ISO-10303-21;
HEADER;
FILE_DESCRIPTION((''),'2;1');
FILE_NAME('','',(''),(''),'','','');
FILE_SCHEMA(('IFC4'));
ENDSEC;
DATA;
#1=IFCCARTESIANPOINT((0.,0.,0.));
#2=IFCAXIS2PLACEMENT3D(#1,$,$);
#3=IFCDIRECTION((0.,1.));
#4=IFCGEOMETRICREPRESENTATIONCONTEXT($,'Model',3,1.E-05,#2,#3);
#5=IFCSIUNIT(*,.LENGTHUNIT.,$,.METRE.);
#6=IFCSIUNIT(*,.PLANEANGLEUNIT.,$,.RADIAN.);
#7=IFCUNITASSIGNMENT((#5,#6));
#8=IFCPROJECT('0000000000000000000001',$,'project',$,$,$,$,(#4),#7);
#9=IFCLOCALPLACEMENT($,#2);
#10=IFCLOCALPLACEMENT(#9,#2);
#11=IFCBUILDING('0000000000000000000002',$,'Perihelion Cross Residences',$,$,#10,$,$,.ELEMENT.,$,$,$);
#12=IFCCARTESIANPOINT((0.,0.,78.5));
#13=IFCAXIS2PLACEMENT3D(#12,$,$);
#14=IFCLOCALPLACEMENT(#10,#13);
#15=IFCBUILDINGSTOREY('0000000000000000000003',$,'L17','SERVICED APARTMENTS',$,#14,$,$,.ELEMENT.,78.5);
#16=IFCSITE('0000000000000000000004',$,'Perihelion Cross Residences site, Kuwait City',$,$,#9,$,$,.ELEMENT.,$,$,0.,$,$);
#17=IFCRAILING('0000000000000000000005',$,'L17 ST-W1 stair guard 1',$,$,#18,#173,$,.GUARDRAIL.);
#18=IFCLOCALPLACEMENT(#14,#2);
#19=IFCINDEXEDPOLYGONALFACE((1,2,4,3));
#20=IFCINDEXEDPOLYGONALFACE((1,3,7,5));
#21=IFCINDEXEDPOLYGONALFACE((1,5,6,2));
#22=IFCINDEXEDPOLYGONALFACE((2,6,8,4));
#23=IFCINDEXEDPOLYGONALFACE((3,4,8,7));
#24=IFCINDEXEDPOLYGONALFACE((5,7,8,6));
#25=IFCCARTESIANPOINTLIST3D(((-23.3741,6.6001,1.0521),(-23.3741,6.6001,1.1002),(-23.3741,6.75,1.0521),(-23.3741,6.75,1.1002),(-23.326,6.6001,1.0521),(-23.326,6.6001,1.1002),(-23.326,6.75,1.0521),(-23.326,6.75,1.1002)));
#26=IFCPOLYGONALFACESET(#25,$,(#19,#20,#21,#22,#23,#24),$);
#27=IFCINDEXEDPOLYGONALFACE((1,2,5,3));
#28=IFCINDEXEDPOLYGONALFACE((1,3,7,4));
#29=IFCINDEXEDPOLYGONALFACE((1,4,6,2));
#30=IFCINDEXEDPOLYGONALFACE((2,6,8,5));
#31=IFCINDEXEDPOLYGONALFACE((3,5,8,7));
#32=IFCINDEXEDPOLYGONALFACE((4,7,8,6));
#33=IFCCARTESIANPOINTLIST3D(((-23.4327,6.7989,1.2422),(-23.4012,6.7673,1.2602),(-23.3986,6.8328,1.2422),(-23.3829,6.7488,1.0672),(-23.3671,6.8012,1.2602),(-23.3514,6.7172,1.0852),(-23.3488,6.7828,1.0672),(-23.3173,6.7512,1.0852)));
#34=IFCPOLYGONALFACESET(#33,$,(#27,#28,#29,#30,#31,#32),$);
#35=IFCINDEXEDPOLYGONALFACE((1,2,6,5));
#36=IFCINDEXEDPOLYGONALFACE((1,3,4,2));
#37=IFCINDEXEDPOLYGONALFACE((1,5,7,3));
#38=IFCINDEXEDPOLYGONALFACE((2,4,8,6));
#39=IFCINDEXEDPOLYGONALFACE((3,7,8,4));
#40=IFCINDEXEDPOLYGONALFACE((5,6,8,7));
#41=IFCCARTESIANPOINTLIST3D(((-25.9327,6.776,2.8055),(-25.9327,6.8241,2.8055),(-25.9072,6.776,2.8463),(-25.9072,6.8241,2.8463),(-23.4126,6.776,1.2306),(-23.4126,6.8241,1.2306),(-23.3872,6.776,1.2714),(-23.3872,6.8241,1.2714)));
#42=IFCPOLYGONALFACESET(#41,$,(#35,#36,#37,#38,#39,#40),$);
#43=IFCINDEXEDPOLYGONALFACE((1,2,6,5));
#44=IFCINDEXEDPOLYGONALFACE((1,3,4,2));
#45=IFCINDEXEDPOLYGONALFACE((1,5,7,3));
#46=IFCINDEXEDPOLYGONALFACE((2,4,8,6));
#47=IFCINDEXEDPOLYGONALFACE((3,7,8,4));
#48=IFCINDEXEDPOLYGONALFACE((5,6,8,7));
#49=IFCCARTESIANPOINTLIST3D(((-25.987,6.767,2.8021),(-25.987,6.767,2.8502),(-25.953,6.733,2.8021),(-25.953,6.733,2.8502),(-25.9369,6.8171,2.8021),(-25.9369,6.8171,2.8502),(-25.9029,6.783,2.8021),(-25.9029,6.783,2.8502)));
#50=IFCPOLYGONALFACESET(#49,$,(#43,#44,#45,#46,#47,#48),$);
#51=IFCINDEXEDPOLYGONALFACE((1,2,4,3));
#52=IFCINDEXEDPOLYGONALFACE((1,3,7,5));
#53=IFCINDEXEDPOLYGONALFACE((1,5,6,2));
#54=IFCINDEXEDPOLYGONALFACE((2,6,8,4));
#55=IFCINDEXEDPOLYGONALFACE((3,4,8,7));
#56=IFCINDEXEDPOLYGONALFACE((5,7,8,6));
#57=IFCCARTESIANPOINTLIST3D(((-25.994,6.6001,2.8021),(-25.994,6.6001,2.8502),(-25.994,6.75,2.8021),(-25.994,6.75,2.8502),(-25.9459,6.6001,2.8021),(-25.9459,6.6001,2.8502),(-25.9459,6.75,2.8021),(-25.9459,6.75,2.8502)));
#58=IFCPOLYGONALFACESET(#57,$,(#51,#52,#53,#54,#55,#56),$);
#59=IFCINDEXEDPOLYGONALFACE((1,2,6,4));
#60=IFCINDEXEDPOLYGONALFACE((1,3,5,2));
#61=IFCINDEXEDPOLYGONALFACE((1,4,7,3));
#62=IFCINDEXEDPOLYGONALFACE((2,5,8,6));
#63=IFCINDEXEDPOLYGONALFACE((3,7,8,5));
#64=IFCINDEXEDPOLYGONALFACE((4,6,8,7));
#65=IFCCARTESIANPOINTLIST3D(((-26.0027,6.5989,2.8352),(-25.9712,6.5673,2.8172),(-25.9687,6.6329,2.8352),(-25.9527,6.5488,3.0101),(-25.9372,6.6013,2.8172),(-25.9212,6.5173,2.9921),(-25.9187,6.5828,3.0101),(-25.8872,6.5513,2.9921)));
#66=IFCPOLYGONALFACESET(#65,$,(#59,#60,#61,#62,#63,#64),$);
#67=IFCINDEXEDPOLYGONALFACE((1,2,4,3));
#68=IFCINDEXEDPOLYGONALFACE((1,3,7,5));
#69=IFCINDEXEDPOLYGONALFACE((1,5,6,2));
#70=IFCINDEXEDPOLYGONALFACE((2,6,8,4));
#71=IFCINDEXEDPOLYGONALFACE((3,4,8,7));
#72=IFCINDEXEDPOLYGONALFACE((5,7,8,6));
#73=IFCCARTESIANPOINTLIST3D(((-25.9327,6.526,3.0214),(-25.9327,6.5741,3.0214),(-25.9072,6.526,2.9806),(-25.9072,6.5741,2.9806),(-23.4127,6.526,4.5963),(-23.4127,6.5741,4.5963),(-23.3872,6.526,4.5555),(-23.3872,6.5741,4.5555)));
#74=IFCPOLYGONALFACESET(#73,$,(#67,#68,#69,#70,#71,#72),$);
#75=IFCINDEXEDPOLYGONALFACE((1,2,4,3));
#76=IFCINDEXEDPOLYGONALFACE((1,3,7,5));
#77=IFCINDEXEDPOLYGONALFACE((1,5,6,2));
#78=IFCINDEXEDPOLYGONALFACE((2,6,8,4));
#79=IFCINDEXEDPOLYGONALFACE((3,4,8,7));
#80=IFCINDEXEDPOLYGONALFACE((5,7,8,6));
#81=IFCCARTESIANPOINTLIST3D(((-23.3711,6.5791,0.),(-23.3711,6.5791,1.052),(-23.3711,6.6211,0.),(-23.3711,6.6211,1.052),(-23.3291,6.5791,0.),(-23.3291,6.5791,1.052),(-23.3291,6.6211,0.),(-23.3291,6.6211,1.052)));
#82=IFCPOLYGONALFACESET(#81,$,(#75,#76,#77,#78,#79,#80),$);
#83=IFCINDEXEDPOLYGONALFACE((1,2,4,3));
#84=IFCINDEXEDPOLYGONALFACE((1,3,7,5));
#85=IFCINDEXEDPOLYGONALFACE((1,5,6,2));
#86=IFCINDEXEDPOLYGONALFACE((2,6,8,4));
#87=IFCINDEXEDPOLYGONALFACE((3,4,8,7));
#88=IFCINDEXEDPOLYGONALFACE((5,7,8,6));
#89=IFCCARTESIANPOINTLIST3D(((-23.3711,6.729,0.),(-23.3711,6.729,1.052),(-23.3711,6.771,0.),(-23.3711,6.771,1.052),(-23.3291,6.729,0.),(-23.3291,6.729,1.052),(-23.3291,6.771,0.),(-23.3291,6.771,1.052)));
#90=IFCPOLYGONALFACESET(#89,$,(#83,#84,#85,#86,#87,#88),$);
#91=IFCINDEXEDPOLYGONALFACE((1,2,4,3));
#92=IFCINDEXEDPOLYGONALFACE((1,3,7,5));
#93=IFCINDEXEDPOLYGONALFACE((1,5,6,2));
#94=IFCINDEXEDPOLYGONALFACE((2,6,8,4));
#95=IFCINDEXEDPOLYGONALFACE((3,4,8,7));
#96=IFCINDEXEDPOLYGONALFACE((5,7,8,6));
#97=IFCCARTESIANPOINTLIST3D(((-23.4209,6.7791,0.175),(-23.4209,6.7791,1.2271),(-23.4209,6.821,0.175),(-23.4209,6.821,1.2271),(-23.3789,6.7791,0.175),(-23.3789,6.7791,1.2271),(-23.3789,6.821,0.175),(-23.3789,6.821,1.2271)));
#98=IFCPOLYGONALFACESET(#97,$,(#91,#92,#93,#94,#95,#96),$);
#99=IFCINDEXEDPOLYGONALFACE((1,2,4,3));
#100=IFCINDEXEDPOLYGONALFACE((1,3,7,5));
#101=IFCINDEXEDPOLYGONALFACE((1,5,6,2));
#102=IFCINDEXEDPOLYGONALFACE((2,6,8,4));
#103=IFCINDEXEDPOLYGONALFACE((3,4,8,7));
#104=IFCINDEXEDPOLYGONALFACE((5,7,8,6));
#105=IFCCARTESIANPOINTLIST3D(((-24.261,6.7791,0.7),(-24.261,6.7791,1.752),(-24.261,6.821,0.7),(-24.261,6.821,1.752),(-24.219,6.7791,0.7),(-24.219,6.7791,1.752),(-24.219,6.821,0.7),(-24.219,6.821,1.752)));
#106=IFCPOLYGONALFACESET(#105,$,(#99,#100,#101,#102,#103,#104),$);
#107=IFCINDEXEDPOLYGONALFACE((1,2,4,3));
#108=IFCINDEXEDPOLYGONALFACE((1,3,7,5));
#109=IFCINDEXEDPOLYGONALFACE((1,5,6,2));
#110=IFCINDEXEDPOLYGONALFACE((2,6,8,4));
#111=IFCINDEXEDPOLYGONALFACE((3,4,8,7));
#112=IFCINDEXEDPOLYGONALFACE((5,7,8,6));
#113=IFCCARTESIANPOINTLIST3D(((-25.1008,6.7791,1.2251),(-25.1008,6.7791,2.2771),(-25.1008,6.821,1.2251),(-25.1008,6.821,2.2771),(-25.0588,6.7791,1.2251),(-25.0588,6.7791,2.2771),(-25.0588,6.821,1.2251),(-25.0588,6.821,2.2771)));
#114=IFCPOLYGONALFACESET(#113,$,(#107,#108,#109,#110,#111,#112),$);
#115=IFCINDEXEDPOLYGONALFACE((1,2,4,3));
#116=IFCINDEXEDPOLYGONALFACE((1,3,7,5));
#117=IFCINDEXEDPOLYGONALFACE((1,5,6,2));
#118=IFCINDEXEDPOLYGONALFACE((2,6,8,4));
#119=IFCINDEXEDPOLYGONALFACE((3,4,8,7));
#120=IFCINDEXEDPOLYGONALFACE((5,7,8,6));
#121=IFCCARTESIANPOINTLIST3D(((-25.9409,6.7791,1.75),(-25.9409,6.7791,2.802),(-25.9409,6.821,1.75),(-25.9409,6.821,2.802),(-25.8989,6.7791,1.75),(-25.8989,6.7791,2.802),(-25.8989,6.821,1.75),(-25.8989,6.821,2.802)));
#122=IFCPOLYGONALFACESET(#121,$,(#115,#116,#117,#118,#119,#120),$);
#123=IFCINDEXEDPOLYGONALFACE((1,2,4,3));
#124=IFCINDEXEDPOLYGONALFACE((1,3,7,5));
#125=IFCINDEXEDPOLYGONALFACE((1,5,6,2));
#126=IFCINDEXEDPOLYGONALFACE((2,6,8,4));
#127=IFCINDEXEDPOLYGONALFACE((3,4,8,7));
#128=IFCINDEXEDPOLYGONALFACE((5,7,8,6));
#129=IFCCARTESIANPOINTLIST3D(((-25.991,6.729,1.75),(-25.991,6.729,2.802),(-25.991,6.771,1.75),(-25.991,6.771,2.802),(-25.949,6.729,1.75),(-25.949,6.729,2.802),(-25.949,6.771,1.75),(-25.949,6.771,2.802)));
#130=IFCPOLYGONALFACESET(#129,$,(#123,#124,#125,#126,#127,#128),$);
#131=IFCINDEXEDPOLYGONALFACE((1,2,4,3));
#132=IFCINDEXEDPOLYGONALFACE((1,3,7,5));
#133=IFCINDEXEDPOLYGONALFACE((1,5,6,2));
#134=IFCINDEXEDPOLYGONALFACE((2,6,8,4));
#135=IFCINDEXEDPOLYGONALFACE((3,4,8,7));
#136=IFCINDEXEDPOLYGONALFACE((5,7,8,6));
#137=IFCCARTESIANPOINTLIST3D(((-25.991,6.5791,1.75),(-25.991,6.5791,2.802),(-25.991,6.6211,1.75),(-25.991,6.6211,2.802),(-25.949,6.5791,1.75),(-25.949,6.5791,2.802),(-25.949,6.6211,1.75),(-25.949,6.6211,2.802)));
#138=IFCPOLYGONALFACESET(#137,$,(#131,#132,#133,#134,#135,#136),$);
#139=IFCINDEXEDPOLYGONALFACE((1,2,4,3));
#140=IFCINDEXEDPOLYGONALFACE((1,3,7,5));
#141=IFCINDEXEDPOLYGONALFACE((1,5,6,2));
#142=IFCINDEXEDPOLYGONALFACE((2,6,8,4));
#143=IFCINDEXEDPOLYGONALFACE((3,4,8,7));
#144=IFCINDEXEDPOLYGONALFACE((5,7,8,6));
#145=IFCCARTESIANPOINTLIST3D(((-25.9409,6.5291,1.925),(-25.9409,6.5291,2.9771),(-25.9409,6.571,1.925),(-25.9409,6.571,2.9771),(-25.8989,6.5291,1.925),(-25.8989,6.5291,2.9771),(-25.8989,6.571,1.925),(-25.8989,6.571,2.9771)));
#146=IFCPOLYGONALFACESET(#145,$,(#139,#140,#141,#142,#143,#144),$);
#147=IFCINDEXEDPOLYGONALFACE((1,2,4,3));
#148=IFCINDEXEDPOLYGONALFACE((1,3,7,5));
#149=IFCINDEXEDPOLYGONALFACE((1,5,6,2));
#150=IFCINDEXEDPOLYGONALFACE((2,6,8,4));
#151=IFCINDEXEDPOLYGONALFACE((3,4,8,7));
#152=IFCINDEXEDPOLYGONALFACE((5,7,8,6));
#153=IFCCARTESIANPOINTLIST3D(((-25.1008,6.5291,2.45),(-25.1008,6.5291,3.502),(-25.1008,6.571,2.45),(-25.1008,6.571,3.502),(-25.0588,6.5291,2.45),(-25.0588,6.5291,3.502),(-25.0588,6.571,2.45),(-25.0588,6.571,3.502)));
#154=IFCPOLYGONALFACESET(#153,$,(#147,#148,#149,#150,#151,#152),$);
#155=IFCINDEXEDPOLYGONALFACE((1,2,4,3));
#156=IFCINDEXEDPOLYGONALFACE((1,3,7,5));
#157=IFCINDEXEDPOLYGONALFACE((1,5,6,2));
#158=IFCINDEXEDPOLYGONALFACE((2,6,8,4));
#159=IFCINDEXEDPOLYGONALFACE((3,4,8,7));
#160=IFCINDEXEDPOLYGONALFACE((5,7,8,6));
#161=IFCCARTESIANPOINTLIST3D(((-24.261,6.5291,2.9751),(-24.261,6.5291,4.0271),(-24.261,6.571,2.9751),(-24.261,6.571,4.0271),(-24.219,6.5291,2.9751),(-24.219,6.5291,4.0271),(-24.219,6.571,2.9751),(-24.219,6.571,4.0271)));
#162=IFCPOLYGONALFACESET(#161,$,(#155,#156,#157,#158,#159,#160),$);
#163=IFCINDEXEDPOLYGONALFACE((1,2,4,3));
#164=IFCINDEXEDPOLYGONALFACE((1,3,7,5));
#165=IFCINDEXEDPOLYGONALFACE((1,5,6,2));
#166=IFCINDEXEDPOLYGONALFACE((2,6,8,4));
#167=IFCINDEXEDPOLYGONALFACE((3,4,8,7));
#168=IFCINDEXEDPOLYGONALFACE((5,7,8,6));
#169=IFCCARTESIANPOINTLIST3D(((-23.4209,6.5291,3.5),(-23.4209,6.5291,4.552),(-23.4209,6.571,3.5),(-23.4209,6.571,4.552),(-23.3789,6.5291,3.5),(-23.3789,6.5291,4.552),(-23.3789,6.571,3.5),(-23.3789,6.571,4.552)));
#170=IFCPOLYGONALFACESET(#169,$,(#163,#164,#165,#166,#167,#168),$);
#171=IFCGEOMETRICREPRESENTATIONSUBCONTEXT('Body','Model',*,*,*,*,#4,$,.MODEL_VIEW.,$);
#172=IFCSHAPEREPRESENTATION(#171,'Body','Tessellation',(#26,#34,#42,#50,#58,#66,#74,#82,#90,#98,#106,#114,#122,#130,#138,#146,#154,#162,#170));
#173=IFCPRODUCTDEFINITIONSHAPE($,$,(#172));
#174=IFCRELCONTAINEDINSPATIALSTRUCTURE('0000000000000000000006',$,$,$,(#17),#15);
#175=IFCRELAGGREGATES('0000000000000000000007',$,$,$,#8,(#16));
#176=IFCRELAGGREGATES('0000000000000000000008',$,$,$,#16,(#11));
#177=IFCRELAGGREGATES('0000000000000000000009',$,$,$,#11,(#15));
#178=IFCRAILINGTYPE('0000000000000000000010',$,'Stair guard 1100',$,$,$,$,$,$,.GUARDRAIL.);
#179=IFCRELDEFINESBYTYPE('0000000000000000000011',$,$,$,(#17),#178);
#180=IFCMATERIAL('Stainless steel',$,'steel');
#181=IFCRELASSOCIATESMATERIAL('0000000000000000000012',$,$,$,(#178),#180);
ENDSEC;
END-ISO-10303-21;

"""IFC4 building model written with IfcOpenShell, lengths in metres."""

from ifc_helpers import new_model, si_unit, direction, frame, origin, origin_2d, place, context, subcontext, project, spatial, rectangle, extrude, material, type_object, element, save


model = new_model("IFC4")

# Units and contexts
model_context = context("Model", 3, precision=1e-05, world=origin(), true_north=direction((0.0, 1.0)))
body_context = subcontext(model_context, "Body", "Model", "MODEL_VIEW")
ifc_project = project(units=[si_unit("LENGTHUNIT", "METRE"), si_unit("PLANEANGLEUNIT", "RADIAN")], contexts=[model_context])

# Site, building, storey
site_placement = place(None, origin())
site = spatial("IfcSite", under=ifc_project, at=site_placement, Name="Perihelion Cross Residences site, Kuwait City", CompositionType="ELEMENT", RefElevation=0.0)
building_placement = place(site_placement, origin())
building = spatial("IfcBuilding", under=site, at=building_placement, Name="Perihelion Cross Residences", CompositionType="ELEMENT")
storey_placement = place(building_placement, frame((0.0, 0.0, 78.5)))
storey = spatial("IfcBuildingStorey", under=building, at=storey_placement, Name="L17", Description="SERVICED APARTMENTS", CompositionType="ELEMENT", Elevation=78.5)

# Railing
ifc_material_1 = material(Name="Stainless steel", Category="steel")
railing_type_1 = type_object("IfcRailingType", Name="Stair guard 1100", PredefinedType="GUARDRAIL", material=ifc_material_1)
railing_1_placement = place(storey_placement, frame((-23.3501, 6.6001, 0.0)))
element("IfcRailing", 1, at=railing_1_placement, inside=storey, type_object=railing_type_1, Name="L17 ST-W1 stair guard 1", PredefinedType="GUARDRAIL", context=body_context, shape_type="SweptSolid", body=[
    extrude(rectangle(XDim=0.0481, YDim=0.0481, at=origin_2d()), frame((0.0, 0.0, 1.0762), z_axis=(0.0, 1.0, 0.0), x_axis=(-1.0, 0.0, 0.0)), (0.0, 0.0, 1.0), 0.1499),
    extrude(rectangle(XDim=0.0481, YDim=0.0481, at=origin_2d()), frame((0.0, 0.1499, 1.0762), z_axis=(-0.263862, 0.265156, 0.927399), x_axis=(-0.708834, -0.705376, 0.0)), (0.0, 0.0, 1.0), 0.1887),
    extrude(rectangle(XDim=0.0481, YDim=0.0481, at=origin_2d()), frame((-0.0498, 0.2, 1.251), z_axis=(-0.848008, 0.0, 0.529984), x_axis=(0.0, -1.0, 0.0)), (0.0, 0.0, 1.0), 2.9717),
    extrude(rectangle(XDim=0.0481, YDim=0.0481, at=origin_2d()), frame((-2.5698, 0.2, 2.8262), z_axis=(-0.707107, -0.707107, 0.0), x_axis=(0.707107, -0.707107, 0.0)), (0.0, 0.0, 1.0), 0.0708),
    extrude(rectangle(XDim=0.0481, YDim=0.0481, at=origin_2d()), frame((-2.6199, 0.1499, 2.8262), z_axis=(0.0, -1.0, 0.0), x_axis=(1.0, 0.0, 0.0)), (0.0, 0.0, 1.0), 0.1499),
    extrude(rectangle(XDim=0.0481, YDim=0.0481, at=origin_2d()), frame((-2.6199, 0.0, 2.8262), z_axis=(0.265065, -0.265065, 0.927082), x_axis=(0.707107, 0.707107, 0.0)), (0.0, 0.0, 1.0), 0.1887),
    extrude(rectangle(XDim=0.0481, YDim=0.0481, at=origin_2d()), frame((-2.5698, -0.05, 3.001), z_axis=(0.848008, 0.0, 0.529984), x_axis=(0.0, 1.0, 0.0)), (0.0, 0.0, 1.0), 2.9717),
    extrude(rectangle(XDim=0.042, YDim=0.042, at=origin_2d()), origin(), (0.0, 0.0, 1.0), 1.052),
    extrude(rectangle(XDim=0.042, YDim=0.042, at=origin_2d()), frame((0.0, 0.1499, 0.0)), (0.0, 0.0, 1.0), 1.052),
    extrude(rectangle(XDim=0.042, YDim=0.042, at=origin_2d()), frame((-0.0498, 0.2, 0.175)), (0.0, 0.0, 1.0), 1.052),
    extrude(rectangle(XDim=0.042, YDim=0.042, at=origin_2d()), frame((-0.8899, 0.2, 0.7)), (0.0, 0.0, 1.0), 1.052),
    extrude(rectangle(XDim=0.042, YDim=0.042, at=origin_2d()), frame((-1.7297, 0.2, 1.2251)), (0.0, 0.0, 1.0), 1.052),
    extrude(rectangle(XDim=0.042, YDim=0.042, at=origin_2d()), frame((-2.5698, 0.2, 1.75)), (0.0, 0.0, 1.0), 1.052),
    extrude(rectangle(XDim=0.042, YDim=0.042, at=origin_2d()), frame((-2.6199, 0.1499, 1.75)), (0.0, 0.0, 1.0), 1.052),
    extrude(rectangle(XDim=0.042, YDim=0.042, at=origin_2d()), frame((-2.6199, 0.0, 1.75)), (0.0, 0.0, 1.0), 1.052),
    extrude(rectangle(XDim=0.042, YDim=0.042, at=origin_2d()), frame((-2.5698, -0.05, 1.925)), (0.0, 0.0, 1.0), 1.052),
    extrude(rectangle(XDim=0.042, YDim=0.042, at=origin_2d()), frame((-1.7297, -0.05, 2.45)), (0.0, 0.0, 1.0), 1.052),
    extrude(rectangle(XDim=0.042, YDim=0.042, at=origin_2d()), frame((-0.8899, -0.05, 2.9751)), (0.0, 0.0, 1.0), 1.052),
    extrude(rectangle(XDim=0.042, YDim=0.042, at=origin_2d()), frame((-0.0498, -0.05, 3.5)), (0.0, 0.0, 1.0), 1.052),
])

save(model, "model.ifc")
